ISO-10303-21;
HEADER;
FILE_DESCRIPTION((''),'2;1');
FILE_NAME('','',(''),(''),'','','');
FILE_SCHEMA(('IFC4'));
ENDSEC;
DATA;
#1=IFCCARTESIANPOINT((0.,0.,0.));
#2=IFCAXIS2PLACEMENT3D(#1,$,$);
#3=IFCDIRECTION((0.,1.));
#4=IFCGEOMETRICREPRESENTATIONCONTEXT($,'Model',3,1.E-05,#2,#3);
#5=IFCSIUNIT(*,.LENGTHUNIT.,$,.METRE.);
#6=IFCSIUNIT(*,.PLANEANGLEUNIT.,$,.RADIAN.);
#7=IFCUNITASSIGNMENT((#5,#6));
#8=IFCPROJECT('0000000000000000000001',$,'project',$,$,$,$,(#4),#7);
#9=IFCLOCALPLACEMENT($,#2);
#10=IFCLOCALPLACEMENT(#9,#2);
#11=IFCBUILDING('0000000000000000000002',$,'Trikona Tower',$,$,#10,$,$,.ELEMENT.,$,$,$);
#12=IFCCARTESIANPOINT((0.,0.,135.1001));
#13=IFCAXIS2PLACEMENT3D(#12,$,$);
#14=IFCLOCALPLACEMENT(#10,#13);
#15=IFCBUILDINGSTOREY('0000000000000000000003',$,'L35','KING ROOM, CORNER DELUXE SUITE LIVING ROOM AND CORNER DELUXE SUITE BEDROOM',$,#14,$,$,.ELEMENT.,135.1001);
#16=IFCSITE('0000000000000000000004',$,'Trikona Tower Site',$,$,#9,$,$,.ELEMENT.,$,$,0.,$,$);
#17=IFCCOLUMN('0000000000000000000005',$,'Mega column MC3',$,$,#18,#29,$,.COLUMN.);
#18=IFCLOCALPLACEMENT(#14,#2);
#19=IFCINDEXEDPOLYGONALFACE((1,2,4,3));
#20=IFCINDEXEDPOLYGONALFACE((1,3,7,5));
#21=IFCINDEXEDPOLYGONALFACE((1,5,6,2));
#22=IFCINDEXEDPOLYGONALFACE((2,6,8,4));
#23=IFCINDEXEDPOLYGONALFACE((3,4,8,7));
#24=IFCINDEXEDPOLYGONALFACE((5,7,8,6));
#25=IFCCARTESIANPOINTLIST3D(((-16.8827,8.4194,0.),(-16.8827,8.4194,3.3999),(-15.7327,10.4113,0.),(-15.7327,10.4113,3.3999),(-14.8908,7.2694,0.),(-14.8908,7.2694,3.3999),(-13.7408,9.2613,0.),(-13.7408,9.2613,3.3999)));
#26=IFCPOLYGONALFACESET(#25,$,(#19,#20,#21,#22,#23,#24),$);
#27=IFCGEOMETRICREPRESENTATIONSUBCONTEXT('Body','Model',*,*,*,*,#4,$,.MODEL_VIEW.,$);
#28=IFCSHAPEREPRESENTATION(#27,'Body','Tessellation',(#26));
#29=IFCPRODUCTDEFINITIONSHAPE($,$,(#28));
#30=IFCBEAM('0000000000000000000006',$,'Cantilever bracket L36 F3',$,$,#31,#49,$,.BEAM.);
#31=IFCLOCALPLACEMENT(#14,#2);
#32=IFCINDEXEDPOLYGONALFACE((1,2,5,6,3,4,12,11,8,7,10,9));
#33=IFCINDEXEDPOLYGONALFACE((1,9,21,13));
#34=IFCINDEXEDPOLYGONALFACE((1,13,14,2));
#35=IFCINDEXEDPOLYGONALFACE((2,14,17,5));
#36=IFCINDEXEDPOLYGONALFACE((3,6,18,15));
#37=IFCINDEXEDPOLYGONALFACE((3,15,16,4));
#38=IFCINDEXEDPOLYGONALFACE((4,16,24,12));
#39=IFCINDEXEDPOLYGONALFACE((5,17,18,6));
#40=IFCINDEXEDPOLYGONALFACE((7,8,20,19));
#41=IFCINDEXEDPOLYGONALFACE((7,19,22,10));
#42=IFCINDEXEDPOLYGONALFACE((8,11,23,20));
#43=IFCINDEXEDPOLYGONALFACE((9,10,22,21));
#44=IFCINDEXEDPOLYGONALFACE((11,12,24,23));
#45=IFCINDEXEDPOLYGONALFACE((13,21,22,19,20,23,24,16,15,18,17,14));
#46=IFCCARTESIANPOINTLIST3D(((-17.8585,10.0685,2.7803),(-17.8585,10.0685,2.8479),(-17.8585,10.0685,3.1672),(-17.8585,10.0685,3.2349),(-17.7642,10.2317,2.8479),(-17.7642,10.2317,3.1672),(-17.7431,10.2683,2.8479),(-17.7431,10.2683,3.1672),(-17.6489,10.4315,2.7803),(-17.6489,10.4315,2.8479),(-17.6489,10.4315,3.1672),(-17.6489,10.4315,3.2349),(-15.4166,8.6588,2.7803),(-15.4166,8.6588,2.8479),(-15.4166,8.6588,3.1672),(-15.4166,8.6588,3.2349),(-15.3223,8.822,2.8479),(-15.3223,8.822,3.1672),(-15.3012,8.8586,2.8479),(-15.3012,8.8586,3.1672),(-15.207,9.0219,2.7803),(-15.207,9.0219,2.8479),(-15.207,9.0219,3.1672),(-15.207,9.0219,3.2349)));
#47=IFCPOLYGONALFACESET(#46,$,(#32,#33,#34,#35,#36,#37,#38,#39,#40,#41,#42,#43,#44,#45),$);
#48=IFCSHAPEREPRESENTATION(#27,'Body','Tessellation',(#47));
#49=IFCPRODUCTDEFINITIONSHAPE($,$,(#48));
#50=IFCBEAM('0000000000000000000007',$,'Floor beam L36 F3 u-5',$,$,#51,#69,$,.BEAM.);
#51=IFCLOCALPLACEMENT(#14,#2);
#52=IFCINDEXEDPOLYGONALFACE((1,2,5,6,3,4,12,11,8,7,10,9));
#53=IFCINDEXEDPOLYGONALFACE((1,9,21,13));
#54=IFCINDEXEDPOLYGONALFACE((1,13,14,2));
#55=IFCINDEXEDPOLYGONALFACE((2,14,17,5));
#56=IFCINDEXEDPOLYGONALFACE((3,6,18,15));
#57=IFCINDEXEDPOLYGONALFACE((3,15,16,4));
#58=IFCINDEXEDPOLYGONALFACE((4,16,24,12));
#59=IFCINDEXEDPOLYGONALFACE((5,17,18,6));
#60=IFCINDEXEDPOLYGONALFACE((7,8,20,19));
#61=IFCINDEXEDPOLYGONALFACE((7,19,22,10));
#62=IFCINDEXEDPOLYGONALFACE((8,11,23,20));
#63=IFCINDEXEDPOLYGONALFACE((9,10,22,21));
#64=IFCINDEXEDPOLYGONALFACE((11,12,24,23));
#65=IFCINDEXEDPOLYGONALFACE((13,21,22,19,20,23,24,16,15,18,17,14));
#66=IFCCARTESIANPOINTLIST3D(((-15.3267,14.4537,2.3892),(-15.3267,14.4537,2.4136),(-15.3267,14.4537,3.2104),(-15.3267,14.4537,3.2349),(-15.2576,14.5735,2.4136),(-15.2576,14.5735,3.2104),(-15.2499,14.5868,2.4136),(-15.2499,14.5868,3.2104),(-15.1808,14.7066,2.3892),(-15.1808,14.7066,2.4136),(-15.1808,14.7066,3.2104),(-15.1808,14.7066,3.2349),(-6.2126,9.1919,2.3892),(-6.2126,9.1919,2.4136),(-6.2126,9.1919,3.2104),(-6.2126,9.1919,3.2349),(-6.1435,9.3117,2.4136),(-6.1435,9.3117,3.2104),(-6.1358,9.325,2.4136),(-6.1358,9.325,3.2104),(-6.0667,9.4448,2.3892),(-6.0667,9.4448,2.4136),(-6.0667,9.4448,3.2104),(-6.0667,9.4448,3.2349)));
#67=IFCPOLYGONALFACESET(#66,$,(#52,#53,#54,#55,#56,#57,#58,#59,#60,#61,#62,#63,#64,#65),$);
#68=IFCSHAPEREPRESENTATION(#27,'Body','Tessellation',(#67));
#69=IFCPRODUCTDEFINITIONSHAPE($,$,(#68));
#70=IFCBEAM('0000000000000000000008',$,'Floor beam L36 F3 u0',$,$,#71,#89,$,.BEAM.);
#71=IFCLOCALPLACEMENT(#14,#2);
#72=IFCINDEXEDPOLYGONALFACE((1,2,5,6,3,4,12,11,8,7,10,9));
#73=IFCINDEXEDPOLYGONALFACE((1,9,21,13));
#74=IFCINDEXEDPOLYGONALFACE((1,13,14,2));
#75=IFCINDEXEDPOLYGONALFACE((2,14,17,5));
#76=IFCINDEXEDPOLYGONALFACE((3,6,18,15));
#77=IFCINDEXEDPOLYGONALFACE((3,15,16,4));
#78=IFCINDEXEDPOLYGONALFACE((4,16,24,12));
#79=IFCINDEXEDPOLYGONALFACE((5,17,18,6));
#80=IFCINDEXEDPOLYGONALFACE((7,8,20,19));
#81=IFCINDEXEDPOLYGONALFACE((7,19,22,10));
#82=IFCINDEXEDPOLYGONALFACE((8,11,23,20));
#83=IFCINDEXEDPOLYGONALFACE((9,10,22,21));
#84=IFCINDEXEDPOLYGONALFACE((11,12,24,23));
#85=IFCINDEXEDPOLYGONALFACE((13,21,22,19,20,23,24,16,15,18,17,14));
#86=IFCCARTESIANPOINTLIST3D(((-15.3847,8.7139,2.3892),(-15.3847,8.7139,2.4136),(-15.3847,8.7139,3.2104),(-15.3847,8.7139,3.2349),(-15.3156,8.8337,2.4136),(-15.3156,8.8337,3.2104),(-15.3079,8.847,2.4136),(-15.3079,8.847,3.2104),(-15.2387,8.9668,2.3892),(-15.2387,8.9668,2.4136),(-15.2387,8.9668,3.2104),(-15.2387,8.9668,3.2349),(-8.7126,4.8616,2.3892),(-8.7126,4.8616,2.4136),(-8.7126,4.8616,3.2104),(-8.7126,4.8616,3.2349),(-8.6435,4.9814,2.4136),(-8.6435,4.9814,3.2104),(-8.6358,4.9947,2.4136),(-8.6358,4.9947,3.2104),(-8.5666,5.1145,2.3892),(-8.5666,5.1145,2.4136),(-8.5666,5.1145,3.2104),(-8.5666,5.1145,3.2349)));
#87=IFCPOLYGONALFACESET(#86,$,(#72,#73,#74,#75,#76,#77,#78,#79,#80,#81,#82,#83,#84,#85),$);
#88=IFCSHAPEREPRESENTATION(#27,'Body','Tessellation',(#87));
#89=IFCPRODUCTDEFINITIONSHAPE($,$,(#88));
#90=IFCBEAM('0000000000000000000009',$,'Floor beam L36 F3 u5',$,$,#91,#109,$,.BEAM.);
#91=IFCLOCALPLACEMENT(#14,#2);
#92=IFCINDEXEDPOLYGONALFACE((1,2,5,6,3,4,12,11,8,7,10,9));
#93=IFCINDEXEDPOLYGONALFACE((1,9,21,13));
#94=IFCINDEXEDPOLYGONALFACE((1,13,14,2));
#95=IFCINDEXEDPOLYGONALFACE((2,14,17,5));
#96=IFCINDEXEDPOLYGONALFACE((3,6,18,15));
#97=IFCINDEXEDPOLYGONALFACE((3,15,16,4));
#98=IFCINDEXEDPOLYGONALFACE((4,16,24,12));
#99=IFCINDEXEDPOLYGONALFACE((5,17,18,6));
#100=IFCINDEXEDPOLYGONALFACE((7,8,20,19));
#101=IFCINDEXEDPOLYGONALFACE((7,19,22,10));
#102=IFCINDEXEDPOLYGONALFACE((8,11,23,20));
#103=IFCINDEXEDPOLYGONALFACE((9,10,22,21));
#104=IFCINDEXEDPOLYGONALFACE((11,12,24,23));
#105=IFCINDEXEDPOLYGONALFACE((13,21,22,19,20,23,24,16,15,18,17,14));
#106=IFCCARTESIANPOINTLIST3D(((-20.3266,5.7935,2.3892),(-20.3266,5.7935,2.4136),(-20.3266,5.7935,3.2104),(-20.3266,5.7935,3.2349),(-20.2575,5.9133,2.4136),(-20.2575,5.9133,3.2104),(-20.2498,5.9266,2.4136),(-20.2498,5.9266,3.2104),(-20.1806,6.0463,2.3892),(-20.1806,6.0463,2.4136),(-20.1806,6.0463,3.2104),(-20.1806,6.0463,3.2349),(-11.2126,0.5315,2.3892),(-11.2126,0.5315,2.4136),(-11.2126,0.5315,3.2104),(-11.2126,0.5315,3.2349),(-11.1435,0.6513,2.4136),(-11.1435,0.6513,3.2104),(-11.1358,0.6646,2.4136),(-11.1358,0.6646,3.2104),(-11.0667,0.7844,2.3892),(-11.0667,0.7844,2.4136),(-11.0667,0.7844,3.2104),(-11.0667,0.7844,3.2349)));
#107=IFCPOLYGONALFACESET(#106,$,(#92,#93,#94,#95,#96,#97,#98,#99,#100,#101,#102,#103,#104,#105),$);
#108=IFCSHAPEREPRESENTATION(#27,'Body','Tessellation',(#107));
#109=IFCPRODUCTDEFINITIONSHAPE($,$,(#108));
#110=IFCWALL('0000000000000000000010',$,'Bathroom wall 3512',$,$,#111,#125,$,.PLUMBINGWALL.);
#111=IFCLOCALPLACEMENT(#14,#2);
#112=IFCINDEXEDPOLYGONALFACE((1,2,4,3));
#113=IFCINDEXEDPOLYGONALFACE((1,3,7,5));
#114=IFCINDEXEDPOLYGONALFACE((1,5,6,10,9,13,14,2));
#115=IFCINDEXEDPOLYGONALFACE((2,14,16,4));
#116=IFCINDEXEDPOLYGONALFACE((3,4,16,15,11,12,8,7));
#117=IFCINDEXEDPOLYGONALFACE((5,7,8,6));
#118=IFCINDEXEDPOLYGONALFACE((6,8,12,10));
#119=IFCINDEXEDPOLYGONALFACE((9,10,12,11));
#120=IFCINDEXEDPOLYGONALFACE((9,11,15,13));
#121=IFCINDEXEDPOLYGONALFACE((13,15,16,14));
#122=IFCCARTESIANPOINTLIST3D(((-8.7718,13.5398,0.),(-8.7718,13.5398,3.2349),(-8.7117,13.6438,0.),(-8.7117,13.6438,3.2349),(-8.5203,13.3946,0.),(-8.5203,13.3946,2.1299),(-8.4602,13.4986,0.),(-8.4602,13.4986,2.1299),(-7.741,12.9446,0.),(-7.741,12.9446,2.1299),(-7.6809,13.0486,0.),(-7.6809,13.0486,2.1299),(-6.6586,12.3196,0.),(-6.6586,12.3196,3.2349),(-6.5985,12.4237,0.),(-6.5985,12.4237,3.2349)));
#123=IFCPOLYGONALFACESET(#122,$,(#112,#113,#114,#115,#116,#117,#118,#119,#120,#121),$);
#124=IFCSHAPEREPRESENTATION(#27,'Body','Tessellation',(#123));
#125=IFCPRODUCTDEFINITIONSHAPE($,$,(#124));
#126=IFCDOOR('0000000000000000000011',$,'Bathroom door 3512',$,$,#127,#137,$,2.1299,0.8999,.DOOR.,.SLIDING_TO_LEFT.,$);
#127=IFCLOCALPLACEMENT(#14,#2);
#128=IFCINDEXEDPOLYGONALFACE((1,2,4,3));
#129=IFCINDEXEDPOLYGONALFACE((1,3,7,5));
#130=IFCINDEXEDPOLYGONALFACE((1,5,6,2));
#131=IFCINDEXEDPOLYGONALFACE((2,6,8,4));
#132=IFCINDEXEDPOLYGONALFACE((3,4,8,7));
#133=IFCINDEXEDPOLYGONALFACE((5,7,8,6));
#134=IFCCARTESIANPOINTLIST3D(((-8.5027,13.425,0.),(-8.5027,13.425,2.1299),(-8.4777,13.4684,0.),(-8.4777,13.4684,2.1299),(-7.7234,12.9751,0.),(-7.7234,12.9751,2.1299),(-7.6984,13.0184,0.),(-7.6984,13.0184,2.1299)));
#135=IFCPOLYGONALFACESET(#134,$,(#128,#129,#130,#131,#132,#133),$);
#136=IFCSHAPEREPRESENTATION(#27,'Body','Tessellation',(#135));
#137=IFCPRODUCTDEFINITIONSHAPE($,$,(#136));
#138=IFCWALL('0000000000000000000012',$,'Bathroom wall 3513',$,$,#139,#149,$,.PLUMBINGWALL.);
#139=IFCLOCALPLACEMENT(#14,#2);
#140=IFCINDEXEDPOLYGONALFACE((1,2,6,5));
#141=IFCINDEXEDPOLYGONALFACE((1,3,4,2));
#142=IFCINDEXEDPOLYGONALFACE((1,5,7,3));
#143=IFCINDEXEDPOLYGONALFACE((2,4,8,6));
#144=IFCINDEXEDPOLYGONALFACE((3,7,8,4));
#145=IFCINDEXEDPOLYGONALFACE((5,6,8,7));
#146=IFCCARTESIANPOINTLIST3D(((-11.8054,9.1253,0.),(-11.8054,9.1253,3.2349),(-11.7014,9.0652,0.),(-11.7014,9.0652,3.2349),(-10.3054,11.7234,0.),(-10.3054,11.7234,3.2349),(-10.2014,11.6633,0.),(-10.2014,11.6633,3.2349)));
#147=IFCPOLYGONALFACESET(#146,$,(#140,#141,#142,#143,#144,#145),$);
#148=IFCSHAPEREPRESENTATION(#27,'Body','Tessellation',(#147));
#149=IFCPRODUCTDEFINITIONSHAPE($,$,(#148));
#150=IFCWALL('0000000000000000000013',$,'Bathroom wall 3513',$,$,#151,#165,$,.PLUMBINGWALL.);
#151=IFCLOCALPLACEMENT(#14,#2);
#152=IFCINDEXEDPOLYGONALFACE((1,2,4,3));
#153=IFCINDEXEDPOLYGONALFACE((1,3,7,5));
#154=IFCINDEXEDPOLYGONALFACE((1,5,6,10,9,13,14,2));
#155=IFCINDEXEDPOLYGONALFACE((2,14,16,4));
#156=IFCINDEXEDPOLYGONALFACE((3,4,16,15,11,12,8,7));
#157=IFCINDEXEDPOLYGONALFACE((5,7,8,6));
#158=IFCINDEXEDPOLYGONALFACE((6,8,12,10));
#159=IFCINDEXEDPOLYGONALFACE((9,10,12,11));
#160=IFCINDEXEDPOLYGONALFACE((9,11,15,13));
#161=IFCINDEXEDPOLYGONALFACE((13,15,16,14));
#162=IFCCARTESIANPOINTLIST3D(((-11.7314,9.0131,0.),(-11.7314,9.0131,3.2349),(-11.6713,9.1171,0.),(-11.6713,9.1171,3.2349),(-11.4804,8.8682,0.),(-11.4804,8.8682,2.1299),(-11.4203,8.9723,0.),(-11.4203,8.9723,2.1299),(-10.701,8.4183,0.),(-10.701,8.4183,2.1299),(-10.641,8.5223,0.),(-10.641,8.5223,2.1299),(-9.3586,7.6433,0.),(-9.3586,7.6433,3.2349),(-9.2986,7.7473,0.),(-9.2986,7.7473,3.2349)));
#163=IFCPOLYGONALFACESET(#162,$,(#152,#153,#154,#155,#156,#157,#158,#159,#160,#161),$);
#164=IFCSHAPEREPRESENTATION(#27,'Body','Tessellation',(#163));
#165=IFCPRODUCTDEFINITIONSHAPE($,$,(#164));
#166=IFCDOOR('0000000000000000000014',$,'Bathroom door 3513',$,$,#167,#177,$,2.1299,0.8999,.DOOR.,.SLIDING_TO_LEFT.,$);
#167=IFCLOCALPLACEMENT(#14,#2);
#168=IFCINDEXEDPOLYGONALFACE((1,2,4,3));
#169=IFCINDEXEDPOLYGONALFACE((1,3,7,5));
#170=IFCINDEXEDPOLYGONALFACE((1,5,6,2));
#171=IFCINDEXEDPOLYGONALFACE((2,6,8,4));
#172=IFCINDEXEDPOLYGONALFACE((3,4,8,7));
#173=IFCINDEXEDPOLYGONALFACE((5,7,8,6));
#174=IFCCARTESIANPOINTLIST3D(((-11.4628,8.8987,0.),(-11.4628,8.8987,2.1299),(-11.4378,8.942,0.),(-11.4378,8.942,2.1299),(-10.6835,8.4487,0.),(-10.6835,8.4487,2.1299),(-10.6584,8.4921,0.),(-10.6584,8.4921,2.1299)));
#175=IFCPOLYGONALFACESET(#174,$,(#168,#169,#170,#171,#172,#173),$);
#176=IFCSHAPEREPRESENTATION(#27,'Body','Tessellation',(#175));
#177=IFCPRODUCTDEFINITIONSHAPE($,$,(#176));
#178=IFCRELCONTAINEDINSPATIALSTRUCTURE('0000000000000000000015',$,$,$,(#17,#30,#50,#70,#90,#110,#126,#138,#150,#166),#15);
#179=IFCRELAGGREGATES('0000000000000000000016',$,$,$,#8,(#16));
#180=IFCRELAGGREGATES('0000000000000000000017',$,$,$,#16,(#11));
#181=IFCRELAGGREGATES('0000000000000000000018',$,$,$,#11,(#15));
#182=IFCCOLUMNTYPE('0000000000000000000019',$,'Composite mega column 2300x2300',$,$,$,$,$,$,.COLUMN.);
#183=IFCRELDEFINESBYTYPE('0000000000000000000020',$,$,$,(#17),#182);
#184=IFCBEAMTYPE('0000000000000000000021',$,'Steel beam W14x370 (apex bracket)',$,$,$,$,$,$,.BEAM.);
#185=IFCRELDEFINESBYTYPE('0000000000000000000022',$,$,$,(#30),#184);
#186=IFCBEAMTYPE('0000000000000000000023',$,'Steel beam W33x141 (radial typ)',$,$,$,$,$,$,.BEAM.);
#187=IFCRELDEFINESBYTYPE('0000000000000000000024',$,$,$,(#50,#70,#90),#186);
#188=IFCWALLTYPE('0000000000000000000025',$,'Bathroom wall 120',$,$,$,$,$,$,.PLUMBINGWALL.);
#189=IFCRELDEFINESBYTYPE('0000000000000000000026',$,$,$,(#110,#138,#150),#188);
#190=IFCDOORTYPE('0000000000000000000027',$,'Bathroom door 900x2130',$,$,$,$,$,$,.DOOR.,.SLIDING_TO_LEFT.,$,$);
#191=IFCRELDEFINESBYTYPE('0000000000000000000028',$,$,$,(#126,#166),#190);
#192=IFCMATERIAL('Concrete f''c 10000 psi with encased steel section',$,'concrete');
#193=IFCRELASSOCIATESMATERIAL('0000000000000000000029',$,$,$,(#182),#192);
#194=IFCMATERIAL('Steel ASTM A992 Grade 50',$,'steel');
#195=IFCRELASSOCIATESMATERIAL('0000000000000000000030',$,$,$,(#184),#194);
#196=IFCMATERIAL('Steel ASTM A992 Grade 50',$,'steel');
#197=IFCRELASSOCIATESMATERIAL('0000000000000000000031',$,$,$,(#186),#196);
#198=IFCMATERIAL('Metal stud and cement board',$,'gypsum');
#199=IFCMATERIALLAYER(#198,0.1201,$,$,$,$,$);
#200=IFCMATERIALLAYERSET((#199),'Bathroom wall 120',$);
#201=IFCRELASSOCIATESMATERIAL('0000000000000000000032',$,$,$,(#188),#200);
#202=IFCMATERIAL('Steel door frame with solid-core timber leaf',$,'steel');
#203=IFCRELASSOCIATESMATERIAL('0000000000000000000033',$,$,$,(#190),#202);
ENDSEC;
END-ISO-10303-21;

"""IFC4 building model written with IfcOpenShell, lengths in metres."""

from ifc_helpers import new_model, si_unit, direction, frame, frame_2d, origin, origin_2d, place, context, subcontext, project, spatial, rectangle, i_section, extrude, material, layer, layer_set, material_profile, profile_set, type_object, element, fill, save


model = new_model("IFC4")

# Units and contexts
model_context = context("Model", 3, precision=1e-05, world=origin(), true_north=direction((0.0, 1.0)))
body_context = subcontext(model_context, "Body", "Model", "MODEL_VIEW")
ifc_project = project(units=[si_unit("LENGTHUNIT", "METRE"), si_unit("PLANEANGLEUNIT", "RADIAN")], contexts=[model_context])

# Site, building, storey
site_placement = place(None, origin())
site = spatial("IfcSite", under=ifc_project, at=site_placement, Name="Trikona Tower Site", CompositionType="ELEMENT", RefElevation=0.0)
building_placement = place(site_placement, origin())
building = spatial("IfcBuilding", under=site, at=building_placement, Name="Trikona Tower", CompositionType="ELEMENT")
storey_placement = place(building_placement, frame((0.0, 0.0, 135.1001)))
storey = spatial("IfcBuildingStorey", under=building, at=storey_placement, Name="L35", Description="KING ROOM, CORNER DELUXE SUITE LIVING ROOM AND CORNER DELUXE SUITE BEDROOM", CompositionType="ELEMENT", Elevation=135.1001)

# Column
ifc_material_1 = material(Name="Concrete f'c 10000 psi with encased steel section", Category="concrete")
ifc_material_profile_1 = material_profile(ifc_material_1, rectangle(XDim=2.3, YDim=2.3, at=origin_2d()), Name="MC2300")
ifc_profile_set_1 = profile_set([ifc_material_profile_1], Name="Concrete f'c 10000 psi with encased steel section")
column_type = type_object("IfcColumnType", Name="Composite mega column 2300x2300", PredefinedType="COLUMN", material=ifc_profile_set_1)
column_placement = place(storey_placement, frame((-15.3118, 8.8403, 0.0), z_axis=(0.0, 0.0, 1.0), x_axis=(-0.866025, 0.5, 0.0)))
element("IfcColumn", 1, at=column_placement, inside=storey, type_object=column_type, Name="Mega column MC3", PredefinedType="COLUMN", context=body_context, shape_type="SweptSolid", body=[
    extrude(rectangle(XDim=2.3, YDim=2.3, at=origin_2d()), origin(), (0.0, 0.0, 1.0), 3.3999),
])

# Beams
ifc_material_2 = material(Name="Steel ASTM A992 Grade 50", Category="steel")
ifc_material_profile_2 = material_profile(ifc_material_2, i_section(OverallWidth=0.4192, OverallDepth=0.4546, WebThickness=0.0422, FlangeThickness=0.0676, at=origin_2d()), Name="W14X370")
ifc_profile_set_2 = profile_set([ifc_material_profile_2], Name="Steel ASTM A992 Grade 50")
beam_type_1 = type_object("IfcBeamType", Name="Steel beam W14x370 (apex bracket)", PredefinedType="BEAM", material=ifc_profile_set_2)
beam_1_placement = place(storey_placement, frame((-15.3118, 8.8403, 3.0076), z_axis=(-0.86605, 0.499957, 0.0), x_axis=(-0.499957, -0.86605, 0.0)))
element("IfcBeam", 2, at=beam_1_placement, inside=storey, type_object=beam_type_1, Name="Cantilever bracket L36 F3", PredefinedType="BEAM", context=body_context, shape_type="SweptSolid", body=[
    extrude(i_section(OverallWidth=0.4192, OverallDepth=0.4546, WebThickness=0.0422, FlangeThickness=0.0676, at=origin_2d()), origin(), (0.0, 0.0, 1.0), 2.8196),
])
ifc_material_3 = material(Name="Steel ASTM A992 Grade 50", Category="steel")
ifc_material_profile_3 = material_profile(ifc_material_3, i_section(OverallWidth=0.292, OverallDepth=0.8457, WebThickness=0.0154, FlangeThickness=0.0244, at=origin_2d()), Name="W33X141")
ifc_profile_set_3 = profile_set([ifc_material_profile_3], Name="Steel ASTM A992 Grade 50")
beam_type_2 = type_object("IfcBeamType", Name="Steel beam W33x141 (radial typ)", PredefinedType="BEAM", material=ifc_profile_set_3)
beam_2_placement = place(storey_placement, frame((-6.1396, 9.3184, 2.812), z_axis=(-0.866036, 0.499982, 0.0), x_axis=(-0.499982, -0.866036, 0.0)))
element("IfcBeam", 3, at=beam_2_placement, inside=storey, type_object=beam_type_2, Name="Floor beam L36 F3 u-5", PredefinedType="BEAM", context=body_context, shape_type="SweptSolid", body=[
    extrude(i_section(OverallWidth=0.292, OverallDepth=0.8457, WebThickness=0.0154, FlangeThickness=0.0244, at=origin_2d()), origin(), (0.0, 0.0, 1.0), 10.5239),
])
beam_3_placement = place(storey_placement, frame((-8.6396, 4.988, 2.812), z_axis=(-0.866017, 0.500014, 0.0), x_axis=(-0.500014, -0.866017, 0.0)))
element("IfcBeam", 4, at=beam_3_placement, inside=storey, type_object=beam_type_2, Name="Floor beam L36 F3 u0", PredefinedType="BEAM", context=body_context, shape_type="SweptSolid", body=[
    extrude(i_section(OverallWidth=0.292, OverallDepth=0.8457, WebThickness=0.0154, FlangeThickness=0.0244, at=origin_2d()), origin(), (0.0, 0.0, 1.0), 7.7043),
])
beam_4_placement = place(storey_placement, frame((-11.1396, 0.658, 2.812), z_axis=(-0.866026, 0.499999, 0.0), x_axis=(-0.499999, -0.866026, 0.0)))
element("IfcBeam", 5, at=beam_4_placement, inside=storey, type_object=beam_type_2, Name="Floor beam L36 F3 u5", PredefinedType="BEAM", context=body_context, shape_type="SweptSolid", body=[
    extrude(i_section(OverallWidth=0.292, OverallDepth=0.8457, WebThickness=0.0154, FlangeThickness=0.0244, at=origin_2d()), origin(), (0.0, 0.0, 1.0), 10.5239),
])

# Wall, opening, door
ifc_material_4 = material(Name="Metal stud and cement board", Category="gypsum")
ifc_layer_1 = layer(ifc_material_4, 0.1201)
ifc_layer_set_1 = layer_set([ifc_layer_1], Name="Bathroom wall 120")
wall_type_1 = type_object("IfcWallType", Name="Bathroom wall 120", PredefinedType="PLUMBINGWALL", material=ifc_layer_set_1)
wall_1_placement = place(storey_placement, frame((-6.6284, 12.3716, 0.0), z_axis=(0.0, 0.0, 1.0), x_axis=(-0.866006, 0.500034, 0.0)))
wall_1 = element("IfcWall", 6, at=wall_1_placement, inside=storey, type_object=wall_type_1, Name="Bathroom wall 3512", PredefinedType="PLUMBINGWALL", context=body_context, shape_type="SweptSolid", body=[
    extrude(rectangle(XDim=2.4402, YDim=0.1201, at=frame_2d((1.2202, 0.0))), origin(), (0.0, 0.0, 1.0), 3.2349),
])
opening_1_placement = place(wall_1_placement, frame((1.25, 0.0, 0.0)))
opening_1 = element("IfcOpeningElement", 7, at=opening_1_placement, cuts=wall_1, PredefinedType="OPENING", context=body_context, shape_type="SweptSolid", body=[
    extrude(rectangle(XDim=0.8999, YDim=2.1299, at=frame_2d((0.45, 1.0649))), frame((0.0, 0.0701, 0.0), z_axis=(0.0, -1.0, 0.0), x_axis=(1.0, 0.0, 0.0)), (0.0, 0.0, 1.0), 0.1401),
])
ifc_material_5 = material(Name="Steel door frame with solid-core timber leaf", Category="steel")
door_type_1 = type_object("IfcDoorType", Name="Bathroom door 900x2130", OperationType="SLIDING_TO_LEFT", PredefinedType="DOOR", material=ifc_material_5)
door_1_placement = place(opening_1_placement, origin())
door_1 = element("IfcDoor", 8, at=door_1_placement, inside=storey, type_object=door_type_1, Name="Bathroom door 3512", OperationType="SLIDING_TO_LEFT", OverallHeight=2.1299, OverallWidth=0.8999, PredefinedType="DOOR", context=body_context, shape_type="SweptSolid", body=[
    extrude(rectangle(XDim=0.8999, YDim=2.1299, at=frame_2d((0.45, 1.0649))), frame((0.0, 0.0249, 0.0), z_axis=(0.0, -1.0, 0.0), x_axis=(1.0, 0.0, 0.0)), (0.0, 0.0, 1.0), 0.05),
])
fill(opening_1, door_1)

# Wall
wall_2_placement = place(storey_placement, frame((-10.2534, 11.6934, 0.0), z_axis=(0.0, 0.0, 1.0), x_axis=(-0.49999, -0.866031, 0.0)))
element("IfcWall", 9, at=wall_2_placement, inside=storey, type_object=wall_type_1, Name="Bathroom wall 3513", PredefinedType="PLUMBINGWALL", context=body_context, shape_type="SweptSolid", body=[
    extrude(rectangle(XDim=3.0, YDim=0.1201, at=frame_2d((1.5, 0.0))), origin(), (0.0, 0.0, 1.0), 3.2349),
])

# Wall, opening, door
wall_3_placement = place(storey_placement, frame((-9.3286, 7.6953, 0.0), z_axis=(0.0, 0.0, 1.0), x_axis=(-0.866036, 0.499982, 0.0)))
wall_3 = element("IfcWall", 10, at=wall_3_placement, inside=storey, type_object=wall_type_1, Name="Bathroom wall 3513", PredefinedType="PLUMBINGWALL", context=body_context, shape_type="SweptSolid", body=[
    extrude(rectangle(XDim=2.7397, YDim=0.1201, at=frame_2d((1.3699, 0.0))), origin(), (0.0, 0.0, 1.0), 3.2349),
])
opening_2_placement = place(wall_3_placement, frame((1.55, 0.0, 0.0)))
opening_2 = element("IfcOpeningElement", 11, at=opening_2_placement, cuts=wall_3, PredefinedType="OPENING", context=body_context, shape_type="SweptSolid", body=[
    extrude(rectangle(XDim=0.8999, YDim=2.1299, at=frame_2d((0.45, 1.0649))), frame((0.0, 0.0701, 0.0), z_axis=(0.0, -1.0, 0.0), x_axis=(1.0, 0.0, 0.0)), (0.0, 0.0, 1.0), 0.1401),
])
door_2_placement = place(opening_2_placement, origin())
door_2 = element("IfcDoor", 12, at=door_2_placement, inside=storey, type_object=door_type_1, Name="Bathroom door 3513", OperationType="SLIDING_TO_LEFT", OverallHeight=2.1299, OverallWidth=0.8999, PredefinedType="DOOR", context=body_context, shape_type="SweptSolid", body=[
    extrude(rectangle(XDim=0.8999, YDim=2.1299, at=frame_2d((0.45, 1.0649))), frame((0.0, 0.0249, 0.0), z_axis=(0.0, -1.0, 0.0), x_axis=(1.0, 0.0, 0.0)), (0.0, 0.0, 1.0), 0.05),
])
fill(opening_2, door_2)

save(model, "model.ifc")
